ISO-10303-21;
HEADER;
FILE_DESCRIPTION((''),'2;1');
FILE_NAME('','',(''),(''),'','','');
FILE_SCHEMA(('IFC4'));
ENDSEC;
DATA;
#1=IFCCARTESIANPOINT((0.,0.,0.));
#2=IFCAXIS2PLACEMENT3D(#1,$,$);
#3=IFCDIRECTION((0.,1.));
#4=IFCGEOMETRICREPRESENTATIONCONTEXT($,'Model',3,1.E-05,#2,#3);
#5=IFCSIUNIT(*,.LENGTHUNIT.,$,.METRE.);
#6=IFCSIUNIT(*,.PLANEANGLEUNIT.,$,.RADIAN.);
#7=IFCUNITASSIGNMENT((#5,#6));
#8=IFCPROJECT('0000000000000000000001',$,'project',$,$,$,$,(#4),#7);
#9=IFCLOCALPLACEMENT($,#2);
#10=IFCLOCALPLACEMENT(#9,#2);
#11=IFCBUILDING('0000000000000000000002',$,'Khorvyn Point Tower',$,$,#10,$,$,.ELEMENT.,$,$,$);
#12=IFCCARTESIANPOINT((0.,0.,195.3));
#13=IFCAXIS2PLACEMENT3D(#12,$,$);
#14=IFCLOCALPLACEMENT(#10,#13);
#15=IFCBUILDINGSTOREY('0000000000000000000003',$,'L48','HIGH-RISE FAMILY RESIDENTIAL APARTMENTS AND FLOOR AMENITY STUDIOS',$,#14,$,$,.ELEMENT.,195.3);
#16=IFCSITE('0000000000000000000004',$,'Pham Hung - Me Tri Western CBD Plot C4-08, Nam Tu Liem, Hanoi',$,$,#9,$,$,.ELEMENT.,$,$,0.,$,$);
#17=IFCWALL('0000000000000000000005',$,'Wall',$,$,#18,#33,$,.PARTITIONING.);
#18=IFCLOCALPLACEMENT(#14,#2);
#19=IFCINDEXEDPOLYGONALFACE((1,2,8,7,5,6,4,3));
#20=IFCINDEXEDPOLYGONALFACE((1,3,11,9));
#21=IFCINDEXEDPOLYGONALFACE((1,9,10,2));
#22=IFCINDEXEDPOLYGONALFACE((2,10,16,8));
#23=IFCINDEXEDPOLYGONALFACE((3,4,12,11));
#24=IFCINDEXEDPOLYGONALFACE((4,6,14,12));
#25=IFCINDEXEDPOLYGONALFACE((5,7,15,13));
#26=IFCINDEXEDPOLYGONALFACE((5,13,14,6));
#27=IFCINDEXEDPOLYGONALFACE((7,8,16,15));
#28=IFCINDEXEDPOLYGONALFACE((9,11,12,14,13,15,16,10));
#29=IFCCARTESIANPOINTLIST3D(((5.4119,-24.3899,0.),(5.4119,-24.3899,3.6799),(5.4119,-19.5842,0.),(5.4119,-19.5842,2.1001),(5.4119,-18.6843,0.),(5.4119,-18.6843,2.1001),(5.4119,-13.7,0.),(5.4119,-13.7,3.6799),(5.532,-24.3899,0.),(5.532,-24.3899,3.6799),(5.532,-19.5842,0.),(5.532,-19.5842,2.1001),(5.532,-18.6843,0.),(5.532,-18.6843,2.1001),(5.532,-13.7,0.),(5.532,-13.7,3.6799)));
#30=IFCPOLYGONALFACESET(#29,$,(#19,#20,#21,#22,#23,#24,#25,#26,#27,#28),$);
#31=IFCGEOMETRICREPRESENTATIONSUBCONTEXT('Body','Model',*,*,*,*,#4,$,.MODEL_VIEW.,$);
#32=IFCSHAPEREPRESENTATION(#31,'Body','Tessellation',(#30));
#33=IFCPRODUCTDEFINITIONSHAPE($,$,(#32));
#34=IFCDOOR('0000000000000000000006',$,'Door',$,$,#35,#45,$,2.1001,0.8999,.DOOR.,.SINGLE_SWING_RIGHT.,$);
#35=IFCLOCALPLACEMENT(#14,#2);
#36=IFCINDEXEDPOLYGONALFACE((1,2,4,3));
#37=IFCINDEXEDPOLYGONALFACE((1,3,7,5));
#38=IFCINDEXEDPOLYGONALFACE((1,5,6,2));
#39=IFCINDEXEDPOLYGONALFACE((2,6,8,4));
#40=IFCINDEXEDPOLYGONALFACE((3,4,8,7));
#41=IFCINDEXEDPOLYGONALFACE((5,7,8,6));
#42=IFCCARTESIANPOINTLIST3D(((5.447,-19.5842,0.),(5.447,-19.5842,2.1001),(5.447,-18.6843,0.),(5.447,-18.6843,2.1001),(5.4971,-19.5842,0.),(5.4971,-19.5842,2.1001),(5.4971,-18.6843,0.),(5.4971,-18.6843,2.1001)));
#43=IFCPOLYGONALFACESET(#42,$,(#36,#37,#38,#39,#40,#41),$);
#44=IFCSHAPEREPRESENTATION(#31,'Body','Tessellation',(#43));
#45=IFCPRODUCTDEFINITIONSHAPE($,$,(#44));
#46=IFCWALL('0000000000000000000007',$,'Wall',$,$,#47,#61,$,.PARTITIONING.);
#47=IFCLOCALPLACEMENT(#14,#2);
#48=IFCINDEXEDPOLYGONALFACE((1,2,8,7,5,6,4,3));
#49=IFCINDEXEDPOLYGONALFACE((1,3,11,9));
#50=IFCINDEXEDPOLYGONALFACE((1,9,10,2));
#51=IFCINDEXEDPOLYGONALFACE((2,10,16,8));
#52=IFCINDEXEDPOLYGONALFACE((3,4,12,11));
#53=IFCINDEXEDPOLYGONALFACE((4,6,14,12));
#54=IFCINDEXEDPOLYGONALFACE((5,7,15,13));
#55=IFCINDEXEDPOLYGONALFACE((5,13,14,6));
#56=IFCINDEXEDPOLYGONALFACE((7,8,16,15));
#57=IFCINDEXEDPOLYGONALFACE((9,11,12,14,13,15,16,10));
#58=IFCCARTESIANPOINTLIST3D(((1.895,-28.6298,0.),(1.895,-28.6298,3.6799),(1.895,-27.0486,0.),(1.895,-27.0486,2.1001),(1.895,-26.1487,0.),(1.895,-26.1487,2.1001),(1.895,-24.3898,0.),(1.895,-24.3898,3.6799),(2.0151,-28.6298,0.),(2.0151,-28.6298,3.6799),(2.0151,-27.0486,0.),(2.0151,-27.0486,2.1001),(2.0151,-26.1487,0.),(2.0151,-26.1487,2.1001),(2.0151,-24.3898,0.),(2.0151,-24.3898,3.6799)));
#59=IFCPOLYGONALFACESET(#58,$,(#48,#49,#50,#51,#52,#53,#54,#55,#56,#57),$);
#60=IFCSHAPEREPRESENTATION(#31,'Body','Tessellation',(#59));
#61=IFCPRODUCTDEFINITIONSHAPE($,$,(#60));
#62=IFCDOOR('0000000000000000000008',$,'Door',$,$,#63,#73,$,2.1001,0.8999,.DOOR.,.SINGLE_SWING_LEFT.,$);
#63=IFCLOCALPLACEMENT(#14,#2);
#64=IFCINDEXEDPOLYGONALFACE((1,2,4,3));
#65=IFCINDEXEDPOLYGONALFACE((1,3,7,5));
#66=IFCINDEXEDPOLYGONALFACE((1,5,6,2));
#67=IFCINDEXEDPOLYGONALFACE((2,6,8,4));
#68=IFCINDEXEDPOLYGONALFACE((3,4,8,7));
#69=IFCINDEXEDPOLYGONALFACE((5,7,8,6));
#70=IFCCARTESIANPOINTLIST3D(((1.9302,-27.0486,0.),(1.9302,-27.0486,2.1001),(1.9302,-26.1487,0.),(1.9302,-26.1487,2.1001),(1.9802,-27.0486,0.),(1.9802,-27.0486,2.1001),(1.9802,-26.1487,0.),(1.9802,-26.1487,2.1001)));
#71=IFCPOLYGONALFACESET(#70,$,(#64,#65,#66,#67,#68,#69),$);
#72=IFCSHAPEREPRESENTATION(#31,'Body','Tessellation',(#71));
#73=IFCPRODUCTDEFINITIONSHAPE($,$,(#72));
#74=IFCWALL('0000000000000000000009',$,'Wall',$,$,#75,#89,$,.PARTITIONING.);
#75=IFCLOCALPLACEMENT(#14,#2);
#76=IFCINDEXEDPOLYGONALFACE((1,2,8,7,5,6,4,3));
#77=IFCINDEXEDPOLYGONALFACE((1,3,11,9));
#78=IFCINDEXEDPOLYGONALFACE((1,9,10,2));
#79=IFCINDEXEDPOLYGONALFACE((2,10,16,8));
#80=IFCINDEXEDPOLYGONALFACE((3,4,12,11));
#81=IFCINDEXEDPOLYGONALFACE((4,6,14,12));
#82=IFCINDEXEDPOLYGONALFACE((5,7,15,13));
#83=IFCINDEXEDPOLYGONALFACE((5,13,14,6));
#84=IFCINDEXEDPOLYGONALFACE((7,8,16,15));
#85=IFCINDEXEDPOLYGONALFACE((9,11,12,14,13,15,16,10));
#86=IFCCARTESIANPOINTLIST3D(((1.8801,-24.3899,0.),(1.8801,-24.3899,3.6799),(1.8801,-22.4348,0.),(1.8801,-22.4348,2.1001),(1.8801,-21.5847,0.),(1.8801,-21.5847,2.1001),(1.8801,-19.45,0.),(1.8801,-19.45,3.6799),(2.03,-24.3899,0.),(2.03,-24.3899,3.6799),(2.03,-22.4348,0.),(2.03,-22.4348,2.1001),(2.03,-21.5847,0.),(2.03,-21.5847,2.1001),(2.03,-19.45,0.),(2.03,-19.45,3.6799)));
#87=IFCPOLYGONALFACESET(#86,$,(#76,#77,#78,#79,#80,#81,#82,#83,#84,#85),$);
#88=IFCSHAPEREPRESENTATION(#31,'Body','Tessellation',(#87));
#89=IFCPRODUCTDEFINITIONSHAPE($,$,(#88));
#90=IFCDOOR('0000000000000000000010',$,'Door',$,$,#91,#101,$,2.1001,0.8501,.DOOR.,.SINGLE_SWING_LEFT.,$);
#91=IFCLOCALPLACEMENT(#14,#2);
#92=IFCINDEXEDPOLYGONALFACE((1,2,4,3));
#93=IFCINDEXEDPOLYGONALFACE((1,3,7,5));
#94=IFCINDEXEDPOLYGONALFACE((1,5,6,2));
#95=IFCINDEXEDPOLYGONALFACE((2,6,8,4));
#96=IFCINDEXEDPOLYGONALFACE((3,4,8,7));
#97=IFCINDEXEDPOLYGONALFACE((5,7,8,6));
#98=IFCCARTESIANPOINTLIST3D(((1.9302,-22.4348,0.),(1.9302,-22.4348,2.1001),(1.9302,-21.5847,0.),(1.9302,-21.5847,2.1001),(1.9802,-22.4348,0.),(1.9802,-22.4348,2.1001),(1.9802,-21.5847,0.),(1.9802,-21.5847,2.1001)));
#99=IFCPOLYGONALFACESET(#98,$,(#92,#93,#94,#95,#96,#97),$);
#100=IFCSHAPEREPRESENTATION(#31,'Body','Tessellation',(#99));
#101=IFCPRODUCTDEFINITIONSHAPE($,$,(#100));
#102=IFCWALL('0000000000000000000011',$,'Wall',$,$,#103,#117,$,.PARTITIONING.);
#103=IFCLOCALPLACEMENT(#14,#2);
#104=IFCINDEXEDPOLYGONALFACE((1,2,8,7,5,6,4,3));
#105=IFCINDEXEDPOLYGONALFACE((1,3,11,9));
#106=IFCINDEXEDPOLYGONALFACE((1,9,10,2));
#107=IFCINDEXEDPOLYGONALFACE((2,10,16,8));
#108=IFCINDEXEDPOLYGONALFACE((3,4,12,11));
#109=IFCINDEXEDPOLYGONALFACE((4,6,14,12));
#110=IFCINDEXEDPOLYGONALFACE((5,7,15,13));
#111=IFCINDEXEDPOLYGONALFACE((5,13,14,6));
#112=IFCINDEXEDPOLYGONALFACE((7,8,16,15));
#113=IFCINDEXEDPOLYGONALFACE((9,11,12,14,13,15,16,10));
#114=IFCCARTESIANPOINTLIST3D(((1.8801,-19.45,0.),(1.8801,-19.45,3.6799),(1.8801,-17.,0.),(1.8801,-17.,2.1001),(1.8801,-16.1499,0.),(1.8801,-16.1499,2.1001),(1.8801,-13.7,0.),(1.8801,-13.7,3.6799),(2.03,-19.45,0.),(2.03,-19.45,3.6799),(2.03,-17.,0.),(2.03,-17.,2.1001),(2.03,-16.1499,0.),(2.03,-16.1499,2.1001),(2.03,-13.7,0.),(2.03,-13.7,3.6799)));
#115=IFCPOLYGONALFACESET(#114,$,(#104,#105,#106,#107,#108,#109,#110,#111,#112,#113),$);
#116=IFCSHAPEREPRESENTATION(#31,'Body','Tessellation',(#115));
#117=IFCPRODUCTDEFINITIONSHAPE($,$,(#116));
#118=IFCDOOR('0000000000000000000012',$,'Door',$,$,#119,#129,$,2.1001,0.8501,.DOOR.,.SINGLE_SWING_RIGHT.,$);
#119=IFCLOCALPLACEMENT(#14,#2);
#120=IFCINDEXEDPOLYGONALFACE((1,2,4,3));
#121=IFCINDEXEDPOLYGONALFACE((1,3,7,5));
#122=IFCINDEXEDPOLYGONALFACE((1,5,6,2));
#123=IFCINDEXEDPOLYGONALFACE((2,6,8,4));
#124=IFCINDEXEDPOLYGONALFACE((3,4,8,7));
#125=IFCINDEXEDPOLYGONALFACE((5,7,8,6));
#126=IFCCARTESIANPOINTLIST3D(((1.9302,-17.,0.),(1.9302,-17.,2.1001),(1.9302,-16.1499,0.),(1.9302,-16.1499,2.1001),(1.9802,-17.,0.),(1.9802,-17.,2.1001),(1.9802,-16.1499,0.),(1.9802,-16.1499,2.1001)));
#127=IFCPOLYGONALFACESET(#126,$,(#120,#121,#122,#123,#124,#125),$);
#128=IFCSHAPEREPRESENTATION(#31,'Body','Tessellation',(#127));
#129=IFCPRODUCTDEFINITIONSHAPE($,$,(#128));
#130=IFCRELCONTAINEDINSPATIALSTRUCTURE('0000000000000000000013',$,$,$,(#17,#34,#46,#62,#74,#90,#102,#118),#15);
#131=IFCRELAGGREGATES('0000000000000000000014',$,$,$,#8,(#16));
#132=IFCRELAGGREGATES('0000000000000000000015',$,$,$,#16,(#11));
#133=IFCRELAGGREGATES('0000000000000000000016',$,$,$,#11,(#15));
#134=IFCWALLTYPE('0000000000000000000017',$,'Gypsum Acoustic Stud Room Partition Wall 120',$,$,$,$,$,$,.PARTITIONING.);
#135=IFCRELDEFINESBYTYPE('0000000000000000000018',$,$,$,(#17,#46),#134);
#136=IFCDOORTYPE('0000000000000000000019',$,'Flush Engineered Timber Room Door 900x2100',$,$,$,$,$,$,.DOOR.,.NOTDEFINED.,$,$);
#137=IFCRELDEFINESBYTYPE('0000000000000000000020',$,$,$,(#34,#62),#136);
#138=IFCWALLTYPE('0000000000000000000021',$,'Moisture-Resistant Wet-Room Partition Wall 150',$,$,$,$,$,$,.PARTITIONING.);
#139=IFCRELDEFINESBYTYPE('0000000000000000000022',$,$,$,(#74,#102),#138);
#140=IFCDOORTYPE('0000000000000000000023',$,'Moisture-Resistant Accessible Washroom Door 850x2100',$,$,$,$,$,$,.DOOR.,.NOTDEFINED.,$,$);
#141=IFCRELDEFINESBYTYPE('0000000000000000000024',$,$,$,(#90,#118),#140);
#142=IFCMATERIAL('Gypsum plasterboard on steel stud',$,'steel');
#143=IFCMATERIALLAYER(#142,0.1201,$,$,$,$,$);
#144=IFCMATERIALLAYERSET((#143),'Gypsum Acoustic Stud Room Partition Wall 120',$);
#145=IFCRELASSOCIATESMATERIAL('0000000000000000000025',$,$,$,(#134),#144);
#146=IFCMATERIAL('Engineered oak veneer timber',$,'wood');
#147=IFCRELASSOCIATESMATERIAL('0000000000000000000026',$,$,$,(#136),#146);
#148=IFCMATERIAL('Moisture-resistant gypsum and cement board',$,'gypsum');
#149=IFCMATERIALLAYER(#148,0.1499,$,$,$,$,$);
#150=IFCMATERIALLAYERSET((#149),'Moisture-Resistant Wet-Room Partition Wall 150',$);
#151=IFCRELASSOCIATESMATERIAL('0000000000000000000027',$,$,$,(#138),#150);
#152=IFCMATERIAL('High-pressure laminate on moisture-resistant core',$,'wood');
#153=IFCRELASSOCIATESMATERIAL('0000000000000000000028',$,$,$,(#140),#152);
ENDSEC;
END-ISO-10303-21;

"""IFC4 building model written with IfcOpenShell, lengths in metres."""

from ifc_helpers import new_model, si_unit, direction, frame, frame_2d, origin, place, context, subcontext, project, spatial, rectangle, extrude, material, layer, layer_set, type_object, element, fill, save


model = new_model("IFC4")

# Units and contexts
model_context = context("Model", 3, precision=1e-05, world=origin(), true_north=direction((0.0, 1.0)))
body_context = subcontext(model_context, "Body", "Model", "MODEL_VIEW")
ifc_project = project(units=[si_unit("LENGTHUNIT", "METRE"), si_unit("PLANEANGLEUNIT", "RADIAN")], contexts=[model_context])

# Site, building, storey
site_placement = place(None, origin())
site = spatial("IfcSite", under=ifc_project, at=site_placement, Name="Pham Hung - Me Tri Western CBD Plot C4-08, Nam Tu Liem, Hanoi", CompositionType="ELEMENT", RefElevation=0.0)
building_placement = place(site_placement, origin())
building = spatial("IfcBuilding", under=site, at=building_placement, Name="Khorvyn Point Tower", CompositionType="ELEMENT")
storey_placement = place(building_placement, frame((0.0, 0.0, 195.3)))
storey = spatial("IfcBuildingStorey", under=building, at=storey_placement, Name="L48", Description="HIGH-RISE FAMILY RESIDENTIAL APARTMENTS AND FLOOR AMENITY STUDIOS", CompositionType="ELEMENT", Elevation=195.3)

# Walls, openings, doors
ifc_material_1 = material(Name="Gypsum plasterboard on steel stud", Category="steel")
ifc_layer_1 = layer(ifc_material_1, 0.1201)
ifc_layer_set_1 = layer_set([ifc_layer_1], Name="Gypsum Acoustic Stud Room Partition Wall 120")
wall_type_1 = type_object("IfcWallType", Name="Gypsum Acoustic Stud Room Partition Wall 120", PredefinedType="PARTITIONING", material=ifc_layer_set_1)
ifc_material_2 = material(Name="Engineered oak veneer timber", Category="wood")
door_type_1 = type_object("IfcDoorType", Name="Flush Engineered Timber Room Door 900x2100", OperationType="NOTDEFINED", PredefinedType="DOOR", material=ifc_material_2)
wall_1_placement = place(storey_placement, frame((5.4719, -24.3899, 0.0), z_axis=(0.0, 0.0, 1.0), x_axis=(0.0, 1.0, 0.0)))
wall_1 = element("IfcWall", 1, at=wall_1_placement, inside=storey, type_object=wall_type_1, Name="Wall", PredefinedType="PARTITIONING", context=body_context, shape_type="SweptSolid", body=[
    extrude(rectangle(XDim=10.6899, YDim=0.1201, at=frame_2d((5.345, 0.0))), origin(), (0.0, 0.0, 1.0), 3.6799),
])
opening_1_placement = place(wall_1_placement, frame((4.8057, 0.0, 0.0)))
opening_1 = element("IfcOpeningElement", 2, at=opening_1_placement, cuts=wall_1, PredefinedType="OPENING", context=body_context, shape_type="SweptSolid", body=[
    extrude(rectangle(XDim=0.8999, YDim=2.1001, at=frame_2d((0.45, 1.05))), frame((0.0, 0.0701, 0.0), z_axis=(0.0, -1.0, 0.0), x_axis=(1.0, 0.0, 0.0)), (0.0, 0.0, 1.0), 0.1401),
])
door_1_placement = place(opening_1_placement, origin())
door_1 = element("IfcDoor", 3, at=door_1_placement, inside=storey, type_object=door_type_1, Name="Door", OperationType="SINGLE_SWING_RIGHT", OverallHeight=2.1001, OverallWidth=0.8999, PredefinedType="DOOR", context=body_context, shape_type="SweptSolid", body=[
    extrude(rectangle(XDim=0.8999, YDim=2.1001, at=frame_2d((0.45, 1.05))), frame((0.0, 0.0249, 0.0), z_axis=(0.0, -1.0, 0.0), x_axis=(1.0, 0.0, 0.0)), (0.0, 0.0, 1.0), 0.05),
])
fill(opening_1, door_1)
wall_2_placement = place(storey_placement, frame((1.9551, -28.6299, 0.0), z_axis=(0.0, 0.0, 1.0), x_axis=(0.0, 1.0, 0.0)))
wall_2 = element("IfcWall", 4, at=wall_2_placement, inside=storey, type_object=wall_type_1, Name="Wall", PredefinedType="PARTITIONING", context=body_context, shape_type="SweptSolid", body=[
    extrude(rectangle(XDim=4.24, YDim=0.1201, at=frame_2d((2.1201, 0.0))), origin(), (0.0, 0.0, 1.0), 3.6799),
])
opening_2_placement = place(wall_2_placement, frame((1.5813, 0.0, 0.0)))
opening_2 = element("IfcOpeningElement", 5, at=opening_2_placement, cuts=wall_2, PredefinedType="OPENING", context=body_context, shape_type="SweptSolid", body=[
    extrude(rectangle(XDim=0.8999, YDim=2.1001, at=frame_2d((0.45, 1.05))), frame((0.0, 0.0701, 0.0), z_axis=(0.0, -1.0, 0.0), x_axis=(1.0, 0.0, 0.0)), (0.0, 0.0, 1.0), 0.1401),
])
door_2_placement = place(opening_2_placement, origin())
door_2 = element("IfcDoor", 6, at=door_2_placement, inside=storey, type_object=door_type_1, Name="Door", OperationType="SINGLE_SWING_LEFT", OverallHeight=2.1001, OverallWidth=0.8999, PredefinedType="DOOR", context=body_context, shape_type="SweptSolid", body=[
    extrude(rectangle(XDim=0.8999, YDim=2.1001, at=frame_2d((0.45, 1.05))), frame((0.0, 0.0249, 0.0), z_axis=(0.0, -1.0, 0.0), x_axis=(1.0, 0.0, 0.0)), (0.0, 0.0, 1.0), 0.05),
])
fill(opening_2, door_2)
ifc_material_3 = material(Name="Moisture-resistant gypsum and cement board", Category="gypsum")
ifc_layer_2 = layer(ifc_material_3, 0.1499)
ifc_layer_set_2 = layer_set([ifc_layer_2], Name="Moisture-Resistant Wet-Room Partition Wall 150")
wall_type_2 = type_object("IfcWallType", Name="Moisture-Resistant Wet-Room Partition Wall 150", PredefinedType="PARTITIONING", material=ifc_layer_set_2)
wall_3_placement = place(storey_placement, frame((1.9551, -24.3899, 0.0), z_axis=(0.0, 0.0, 1.0), x_axis=(0.0, 1.0, 0.0)))
wall_3 = element("IfcWall", 7, at=wall_3_placement, inside=storey, type_object=wall_type_2, Name="Wall", PredefinedType="PARTITIONING", context=body_context, shape_type="SweptSolid", body=[
    extrude(rectangle(XDim=4.9399, YDim=0.1499, at=frame_2d((2.47, 0.0))), origin(), (0.0, 0.0, 1.0), 3.6799),
])
opening_3_placement = place(wall_3_placement, frame((1.9551, 0.0, 0.0)))
opening_3 = element("IfcOpeningElement", 8, at=opening_3_placement, cuts=wall_3, PredefinedType="OPENING", context=body_context, shape_type="SweptSolid", body=[
    extrude(rectangle(XDim=0.8501, YDim=2.1001, at=frame_2d((0.425, 1.05))), frame((0.0, 0.085, 0.0), z_axis=(0.0, -1.0, 0.0), x_axis=(1.0, 0.0, 0.0)), (0.0, 0.0, 1.0), 0.1699),
])
ifc_material_4 = material(Name="High-pressure laminate on moisture-resistant core", Category="wood")
door_type_2 = type_object("IfcDoorType", Name="Moisture-Resistant Accessible Washroom Door 850x2100", OperationType="NOTDEFINED", PredefinedType="DOOR", material=ifc_material_4)
door_3_placement = place(opening_3_placement, origin())
door_3 = element("IfcDoor", 9, at=door_3_placement, inside=storey, type_object=door_type_2, Name="Door", OperationType="SINGLE_SWING_LEFT", OverallHeight=2.1001, OverallWidth=0.8501, PredefinedType="DOOR", context=body_context, shape_type="SweptSolid", body=[
    extrude(rectangle(XDim=0.8501, YDim=2.1001, at=frame_2d((0.425, 1.05))), frame((0.0, 0.0249, 0.0), z_axis=(0.0, -1.0, 0.0), x_axis=(1.0, 0.0, 0.0)), (0.0, 0.0, 1.0), 0.05),
])
fill(opening_3, door_3)
wall_4_placement = place(storey_placement, frame((1.9551, -19.45, 0.0), z_axis=(0.0, 0.0, 1.0), x_axis=(0.0, 1.0, 0.0)))
wall_4 = element("IfcWall", 10, at=wall_4_placement, inside=storey, type_object=wall_type_2, Name="Wall", PredefinedType="PARTITIONING", context=body_context, shape_type="SweptSolid", body=[
    extrude(rectangle(XDim=5.75, YDim=0.1499, at=frame_2d((2.875, 0.0))), origin(), (0.0, 0.0, 1.0), 3.6799),
])
opening_4_placement = place(wall_4_placement, frame((2.45, 0.0, 0.0)))
opening_4 = element("IfcOpeningElement", 11, at=opening_4_placement, cuts=wall_4, PredefinedType="OPENING", context=body_context, shape_type="SweptSolid", body=[
    extrude(rectangle(XDim=0.8501, YDim=2.1001, at=frame_2d((0.425, 1.05))), frame((0.0, 0.085, 0.0), z_axis=(0.0, -1.0, 0.0), x_axis=(1.0, 0.0, 0.0)), (0.0, 0.0, 1.0), 0.1699),
])
door_4_placement = place(opening_4_placement, origin())
door_4 = element("IfcDoor", 12, at=door_4_placement, inside=storey, type_object=door_type_2, Name="Door", OperationType="SINGLE_SWING_RIGHT", OverallHeight=2.1001, OverallWidth=0.8501, PredefinedType="DOOR", context=body_context, shape_type="SweptSolid", body=[
    extrude(rectangle(XDim=0.8501, YDim=2.1001, at=frame_2d((0.425, 1.05))), frame((0.0, 0.0249, 0.0), z_axis=(0.0, -1.0, 0.0), x_axis=(1.0, 0.0, 0.0)), (0.0, 0.0, 1.0), 0.05),
])
fill(opening_4, door_4)

save(model, "model.ifc")
